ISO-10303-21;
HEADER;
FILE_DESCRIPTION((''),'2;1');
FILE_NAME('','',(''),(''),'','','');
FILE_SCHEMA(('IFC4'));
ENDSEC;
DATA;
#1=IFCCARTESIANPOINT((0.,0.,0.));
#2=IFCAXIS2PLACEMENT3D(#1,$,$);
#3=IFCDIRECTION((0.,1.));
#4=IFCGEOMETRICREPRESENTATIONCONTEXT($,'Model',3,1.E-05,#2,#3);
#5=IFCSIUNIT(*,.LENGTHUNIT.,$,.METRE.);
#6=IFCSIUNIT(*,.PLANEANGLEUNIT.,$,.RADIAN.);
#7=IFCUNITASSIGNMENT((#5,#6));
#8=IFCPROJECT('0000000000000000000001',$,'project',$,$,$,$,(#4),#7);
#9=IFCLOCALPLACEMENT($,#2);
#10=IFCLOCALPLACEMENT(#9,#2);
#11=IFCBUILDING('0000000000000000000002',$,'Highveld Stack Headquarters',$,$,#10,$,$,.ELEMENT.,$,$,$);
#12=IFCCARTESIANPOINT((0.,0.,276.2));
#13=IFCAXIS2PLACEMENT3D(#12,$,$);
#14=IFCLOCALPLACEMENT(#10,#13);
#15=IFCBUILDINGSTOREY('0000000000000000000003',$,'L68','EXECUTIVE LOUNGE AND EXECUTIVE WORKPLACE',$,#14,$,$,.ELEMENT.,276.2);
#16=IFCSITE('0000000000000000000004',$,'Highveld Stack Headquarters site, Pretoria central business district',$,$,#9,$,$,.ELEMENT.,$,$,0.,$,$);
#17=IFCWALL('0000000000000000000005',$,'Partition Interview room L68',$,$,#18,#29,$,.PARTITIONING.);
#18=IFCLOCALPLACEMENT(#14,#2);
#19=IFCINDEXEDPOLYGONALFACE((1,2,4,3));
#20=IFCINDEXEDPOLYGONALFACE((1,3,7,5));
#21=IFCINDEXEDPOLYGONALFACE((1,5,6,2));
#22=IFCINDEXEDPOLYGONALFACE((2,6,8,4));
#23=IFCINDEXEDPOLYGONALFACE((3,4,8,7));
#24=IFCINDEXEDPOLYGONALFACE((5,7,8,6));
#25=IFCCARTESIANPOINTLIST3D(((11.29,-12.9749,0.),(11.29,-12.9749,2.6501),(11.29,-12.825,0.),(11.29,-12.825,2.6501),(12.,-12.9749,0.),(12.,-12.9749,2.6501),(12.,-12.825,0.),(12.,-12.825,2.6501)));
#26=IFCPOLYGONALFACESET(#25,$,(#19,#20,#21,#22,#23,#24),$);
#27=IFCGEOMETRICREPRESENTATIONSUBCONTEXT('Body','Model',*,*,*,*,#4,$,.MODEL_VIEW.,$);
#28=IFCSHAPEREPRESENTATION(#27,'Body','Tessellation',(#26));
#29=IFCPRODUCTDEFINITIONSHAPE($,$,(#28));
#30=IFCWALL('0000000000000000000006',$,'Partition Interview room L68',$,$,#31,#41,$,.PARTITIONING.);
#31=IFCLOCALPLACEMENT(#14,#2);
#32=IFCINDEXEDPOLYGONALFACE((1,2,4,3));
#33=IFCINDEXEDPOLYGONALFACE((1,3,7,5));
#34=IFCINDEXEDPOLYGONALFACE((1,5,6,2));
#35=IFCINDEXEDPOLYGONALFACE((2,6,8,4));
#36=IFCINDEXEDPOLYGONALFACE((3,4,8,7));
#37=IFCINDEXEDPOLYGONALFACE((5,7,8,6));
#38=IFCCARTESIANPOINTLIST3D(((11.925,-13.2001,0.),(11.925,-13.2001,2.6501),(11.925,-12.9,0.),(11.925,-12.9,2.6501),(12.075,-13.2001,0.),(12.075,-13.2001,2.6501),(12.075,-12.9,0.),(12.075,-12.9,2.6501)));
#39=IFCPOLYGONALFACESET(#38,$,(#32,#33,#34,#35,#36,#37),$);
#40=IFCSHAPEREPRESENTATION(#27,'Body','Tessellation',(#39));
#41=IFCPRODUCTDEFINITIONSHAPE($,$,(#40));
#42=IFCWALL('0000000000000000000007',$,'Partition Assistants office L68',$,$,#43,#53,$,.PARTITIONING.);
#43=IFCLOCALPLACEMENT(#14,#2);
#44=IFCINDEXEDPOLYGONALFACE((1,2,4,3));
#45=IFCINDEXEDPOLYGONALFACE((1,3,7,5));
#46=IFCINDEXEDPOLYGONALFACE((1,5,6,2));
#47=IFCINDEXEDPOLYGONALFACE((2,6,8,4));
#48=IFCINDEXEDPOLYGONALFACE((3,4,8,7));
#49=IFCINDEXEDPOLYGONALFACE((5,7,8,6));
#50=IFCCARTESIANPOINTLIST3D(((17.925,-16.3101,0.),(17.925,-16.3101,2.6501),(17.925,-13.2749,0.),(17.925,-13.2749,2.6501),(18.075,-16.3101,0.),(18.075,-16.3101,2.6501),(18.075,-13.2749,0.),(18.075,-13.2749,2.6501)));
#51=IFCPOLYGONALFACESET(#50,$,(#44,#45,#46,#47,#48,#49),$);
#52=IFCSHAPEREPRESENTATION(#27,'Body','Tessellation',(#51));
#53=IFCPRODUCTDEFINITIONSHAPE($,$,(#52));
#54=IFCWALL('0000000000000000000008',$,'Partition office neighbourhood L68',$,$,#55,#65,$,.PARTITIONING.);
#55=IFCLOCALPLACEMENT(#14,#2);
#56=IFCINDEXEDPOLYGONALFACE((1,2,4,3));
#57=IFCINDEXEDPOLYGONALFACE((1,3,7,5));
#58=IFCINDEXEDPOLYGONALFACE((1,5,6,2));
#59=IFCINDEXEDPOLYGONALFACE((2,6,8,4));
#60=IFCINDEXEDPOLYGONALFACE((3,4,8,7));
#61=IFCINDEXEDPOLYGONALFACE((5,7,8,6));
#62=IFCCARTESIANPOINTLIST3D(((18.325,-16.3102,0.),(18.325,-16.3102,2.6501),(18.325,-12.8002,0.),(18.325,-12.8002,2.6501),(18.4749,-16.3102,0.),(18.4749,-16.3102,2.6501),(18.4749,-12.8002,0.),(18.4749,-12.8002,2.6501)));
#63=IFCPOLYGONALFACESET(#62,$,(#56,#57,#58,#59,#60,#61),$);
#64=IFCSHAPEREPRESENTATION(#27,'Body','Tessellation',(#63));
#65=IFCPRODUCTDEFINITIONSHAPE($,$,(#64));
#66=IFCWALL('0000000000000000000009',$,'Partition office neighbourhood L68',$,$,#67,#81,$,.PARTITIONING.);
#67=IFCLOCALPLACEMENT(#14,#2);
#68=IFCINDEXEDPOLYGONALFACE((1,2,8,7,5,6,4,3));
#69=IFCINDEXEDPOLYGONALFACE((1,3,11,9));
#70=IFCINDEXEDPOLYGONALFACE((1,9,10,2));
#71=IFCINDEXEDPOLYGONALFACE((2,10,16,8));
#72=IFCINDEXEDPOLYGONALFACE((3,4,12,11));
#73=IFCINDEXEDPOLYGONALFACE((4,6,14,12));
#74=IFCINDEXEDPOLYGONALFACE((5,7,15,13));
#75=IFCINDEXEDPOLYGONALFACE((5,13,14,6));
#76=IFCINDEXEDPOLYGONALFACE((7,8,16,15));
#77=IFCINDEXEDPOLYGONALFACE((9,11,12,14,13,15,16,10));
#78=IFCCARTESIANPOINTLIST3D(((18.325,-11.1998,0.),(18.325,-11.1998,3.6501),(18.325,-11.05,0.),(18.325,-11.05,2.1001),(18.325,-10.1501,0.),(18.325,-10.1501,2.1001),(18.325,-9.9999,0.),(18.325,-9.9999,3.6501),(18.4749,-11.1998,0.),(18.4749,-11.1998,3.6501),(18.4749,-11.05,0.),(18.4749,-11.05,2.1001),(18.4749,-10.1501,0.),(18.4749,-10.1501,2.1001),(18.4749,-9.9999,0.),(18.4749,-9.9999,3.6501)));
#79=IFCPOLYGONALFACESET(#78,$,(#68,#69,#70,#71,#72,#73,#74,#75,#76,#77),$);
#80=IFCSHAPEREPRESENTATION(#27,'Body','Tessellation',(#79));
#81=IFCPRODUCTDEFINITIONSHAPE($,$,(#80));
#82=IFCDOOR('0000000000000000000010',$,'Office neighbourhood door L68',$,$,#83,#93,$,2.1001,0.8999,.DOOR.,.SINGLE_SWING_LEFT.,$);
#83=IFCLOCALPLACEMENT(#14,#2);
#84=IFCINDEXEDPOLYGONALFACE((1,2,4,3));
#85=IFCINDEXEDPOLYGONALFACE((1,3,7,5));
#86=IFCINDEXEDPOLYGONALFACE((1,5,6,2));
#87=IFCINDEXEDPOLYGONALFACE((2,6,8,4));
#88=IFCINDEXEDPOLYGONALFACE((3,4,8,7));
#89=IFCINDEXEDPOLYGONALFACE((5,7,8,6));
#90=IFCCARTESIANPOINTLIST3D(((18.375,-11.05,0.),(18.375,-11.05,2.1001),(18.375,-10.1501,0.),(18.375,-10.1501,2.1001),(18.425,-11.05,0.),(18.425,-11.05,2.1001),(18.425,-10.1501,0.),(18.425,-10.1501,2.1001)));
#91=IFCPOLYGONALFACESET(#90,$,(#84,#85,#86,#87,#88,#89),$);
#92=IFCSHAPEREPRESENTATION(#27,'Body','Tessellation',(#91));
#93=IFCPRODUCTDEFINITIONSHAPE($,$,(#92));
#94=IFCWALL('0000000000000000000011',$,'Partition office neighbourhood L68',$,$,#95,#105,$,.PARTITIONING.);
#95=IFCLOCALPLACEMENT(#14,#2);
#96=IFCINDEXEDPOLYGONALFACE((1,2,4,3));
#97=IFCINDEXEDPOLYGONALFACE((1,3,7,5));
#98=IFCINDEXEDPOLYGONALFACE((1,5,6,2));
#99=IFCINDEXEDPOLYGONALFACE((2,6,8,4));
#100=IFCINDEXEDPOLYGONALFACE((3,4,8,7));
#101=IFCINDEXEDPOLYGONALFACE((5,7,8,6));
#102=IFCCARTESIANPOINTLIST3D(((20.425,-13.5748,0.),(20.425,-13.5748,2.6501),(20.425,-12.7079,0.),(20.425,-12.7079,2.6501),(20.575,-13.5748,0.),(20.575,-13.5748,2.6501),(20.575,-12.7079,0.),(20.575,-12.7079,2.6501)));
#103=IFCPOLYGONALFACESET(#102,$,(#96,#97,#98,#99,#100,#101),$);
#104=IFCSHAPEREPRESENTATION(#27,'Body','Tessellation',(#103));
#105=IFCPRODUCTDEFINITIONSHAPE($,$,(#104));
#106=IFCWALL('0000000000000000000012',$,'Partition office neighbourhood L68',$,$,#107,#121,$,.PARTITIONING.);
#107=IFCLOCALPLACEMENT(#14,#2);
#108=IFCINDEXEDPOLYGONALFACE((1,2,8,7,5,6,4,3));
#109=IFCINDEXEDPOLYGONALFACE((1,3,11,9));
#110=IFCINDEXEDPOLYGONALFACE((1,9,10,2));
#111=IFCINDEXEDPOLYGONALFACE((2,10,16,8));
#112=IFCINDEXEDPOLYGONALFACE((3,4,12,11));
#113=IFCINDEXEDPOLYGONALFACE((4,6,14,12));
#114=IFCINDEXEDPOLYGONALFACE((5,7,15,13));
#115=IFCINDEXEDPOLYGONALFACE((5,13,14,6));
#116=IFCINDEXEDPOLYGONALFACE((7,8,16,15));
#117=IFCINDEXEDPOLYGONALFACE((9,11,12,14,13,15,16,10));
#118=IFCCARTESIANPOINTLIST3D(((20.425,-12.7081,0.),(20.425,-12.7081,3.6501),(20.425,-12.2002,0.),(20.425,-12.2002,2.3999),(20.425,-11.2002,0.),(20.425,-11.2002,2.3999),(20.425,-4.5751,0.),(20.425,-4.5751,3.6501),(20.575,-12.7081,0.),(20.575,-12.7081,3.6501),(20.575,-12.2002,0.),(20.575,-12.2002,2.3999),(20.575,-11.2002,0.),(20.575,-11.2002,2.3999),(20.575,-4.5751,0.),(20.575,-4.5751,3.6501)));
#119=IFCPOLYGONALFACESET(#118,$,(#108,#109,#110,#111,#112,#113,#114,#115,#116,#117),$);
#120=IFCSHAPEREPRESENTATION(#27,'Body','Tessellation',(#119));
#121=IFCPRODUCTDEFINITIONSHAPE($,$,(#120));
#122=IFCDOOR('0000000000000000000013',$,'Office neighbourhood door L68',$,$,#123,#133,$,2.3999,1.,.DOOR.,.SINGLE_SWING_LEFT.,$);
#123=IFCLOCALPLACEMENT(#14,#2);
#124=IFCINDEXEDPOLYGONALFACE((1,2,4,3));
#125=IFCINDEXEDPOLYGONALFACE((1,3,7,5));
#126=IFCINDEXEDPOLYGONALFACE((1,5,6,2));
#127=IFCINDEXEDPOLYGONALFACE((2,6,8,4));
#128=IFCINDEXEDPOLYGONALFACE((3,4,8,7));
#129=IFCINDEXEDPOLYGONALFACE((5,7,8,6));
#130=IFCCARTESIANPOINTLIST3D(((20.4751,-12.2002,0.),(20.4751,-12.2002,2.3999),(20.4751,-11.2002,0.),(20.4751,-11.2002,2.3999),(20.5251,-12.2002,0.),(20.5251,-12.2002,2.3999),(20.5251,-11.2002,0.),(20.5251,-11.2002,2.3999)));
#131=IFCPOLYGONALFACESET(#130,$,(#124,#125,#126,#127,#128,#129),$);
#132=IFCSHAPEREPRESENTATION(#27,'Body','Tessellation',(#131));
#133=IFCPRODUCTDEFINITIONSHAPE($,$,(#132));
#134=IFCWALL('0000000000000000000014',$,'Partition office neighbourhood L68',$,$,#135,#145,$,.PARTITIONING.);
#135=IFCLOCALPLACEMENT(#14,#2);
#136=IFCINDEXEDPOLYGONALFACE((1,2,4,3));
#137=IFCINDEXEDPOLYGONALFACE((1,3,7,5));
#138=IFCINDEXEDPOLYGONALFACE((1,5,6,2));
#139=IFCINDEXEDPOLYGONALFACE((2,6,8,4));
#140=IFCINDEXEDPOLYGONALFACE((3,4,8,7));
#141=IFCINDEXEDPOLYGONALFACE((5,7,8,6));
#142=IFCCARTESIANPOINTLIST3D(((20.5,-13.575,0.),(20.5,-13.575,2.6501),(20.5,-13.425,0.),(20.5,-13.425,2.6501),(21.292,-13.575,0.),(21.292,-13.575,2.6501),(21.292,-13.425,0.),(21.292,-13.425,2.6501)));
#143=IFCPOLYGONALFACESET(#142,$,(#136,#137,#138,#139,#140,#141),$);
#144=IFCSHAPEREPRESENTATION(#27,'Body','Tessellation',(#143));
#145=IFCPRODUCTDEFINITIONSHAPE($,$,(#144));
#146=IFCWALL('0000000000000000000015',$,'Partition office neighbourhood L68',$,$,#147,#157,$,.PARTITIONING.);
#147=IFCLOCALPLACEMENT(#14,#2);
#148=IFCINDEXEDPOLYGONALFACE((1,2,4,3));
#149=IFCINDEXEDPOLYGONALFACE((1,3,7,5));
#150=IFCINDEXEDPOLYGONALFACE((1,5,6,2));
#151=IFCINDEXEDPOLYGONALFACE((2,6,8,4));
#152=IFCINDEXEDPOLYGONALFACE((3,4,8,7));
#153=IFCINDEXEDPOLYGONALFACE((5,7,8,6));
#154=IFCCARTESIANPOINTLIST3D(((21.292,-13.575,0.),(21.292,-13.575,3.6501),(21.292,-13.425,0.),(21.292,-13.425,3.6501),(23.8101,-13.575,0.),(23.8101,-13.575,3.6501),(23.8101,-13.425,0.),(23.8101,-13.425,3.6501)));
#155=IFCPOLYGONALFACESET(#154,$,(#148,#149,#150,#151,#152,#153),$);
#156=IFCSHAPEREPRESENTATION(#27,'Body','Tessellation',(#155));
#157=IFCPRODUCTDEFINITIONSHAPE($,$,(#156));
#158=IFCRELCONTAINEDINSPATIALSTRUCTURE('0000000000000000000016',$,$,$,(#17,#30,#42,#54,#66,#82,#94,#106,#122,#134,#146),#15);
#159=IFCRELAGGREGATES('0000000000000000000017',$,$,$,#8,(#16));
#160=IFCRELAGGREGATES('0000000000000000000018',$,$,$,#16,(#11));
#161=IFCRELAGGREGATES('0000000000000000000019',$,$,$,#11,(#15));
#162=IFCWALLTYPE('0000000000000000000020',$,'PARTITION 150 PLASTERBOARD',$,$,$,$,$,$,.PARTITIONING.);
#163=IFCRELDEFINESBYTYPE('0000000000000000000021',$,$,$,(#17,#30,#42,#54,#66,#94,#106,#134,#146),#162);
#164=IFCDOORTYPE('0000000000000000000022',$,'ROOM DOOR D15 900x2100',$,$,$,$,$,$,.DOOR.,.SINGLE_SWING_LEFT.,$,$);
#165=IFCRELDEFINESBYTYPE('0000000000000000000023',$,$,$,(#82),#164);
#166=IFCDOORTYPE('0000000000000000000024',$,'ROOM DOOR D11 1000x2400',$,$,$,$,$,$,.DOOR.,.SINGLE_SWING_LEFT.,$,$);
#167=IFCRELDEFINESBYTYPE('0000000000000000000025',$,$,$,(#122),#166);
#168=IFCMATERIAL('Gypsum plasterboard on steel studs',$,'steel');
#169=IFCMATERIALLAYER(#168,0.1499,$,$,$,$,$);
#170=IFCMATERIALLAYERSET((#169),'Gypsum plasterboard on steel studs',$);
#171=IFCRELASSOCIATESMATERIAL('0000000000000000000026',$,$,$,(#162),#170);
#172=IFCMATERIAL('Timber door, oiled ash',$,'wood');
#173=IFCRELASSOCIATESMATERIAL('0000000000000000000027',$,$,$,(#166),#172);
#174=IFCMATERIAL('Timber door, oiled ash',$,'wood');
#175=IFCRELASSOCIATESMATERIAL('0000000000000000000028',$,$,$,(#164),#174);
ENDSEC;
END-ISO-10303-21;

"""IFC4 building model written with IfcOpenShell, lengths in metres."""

from ifc_helpers import new_model, si_unit, direction, frame, frame_2d, origin, place, context, subcontext, project, spatial, rectangle, extrude, material, layer, layer_set, type_object, element, fill, save


model = new_model("IFC4")

# Units and contexts
model_context = context("Model", 3, precision=1e-05, world=origin(), true_north=direction((0.0, 1.0)))
body_context = subcontext(model_context, "Body", "Model", "MODEL_VIEW")
ifc_project = project(units=[si_unit("LENGTHUNIT", "METRE"), si_unit("PLANEANGLEUNIT", "RADIAN")], contexts=[model_context])

# Site, building, storey
site_placement = place(None, origin())
site = spatial("IfcSite", under=ifc_project, at=site_placement, Name="Highveld Stack Headquarters site, Pretoria central business district", CompositionType="ELEMENT", RefElevation=0.0)
building_placement = place(site_placement, origin())
building = spatial("IfcBuilding", under=site, at=building_placement, Name="Highveld Stack Headquarters", CompositionType="ELEMENT")
storey_placement = place(building_placement, frame((0.0, 0.0, 276.2)))
storey = spatial("IfcBuildingStorey", under=building, at=storey_placement, Name="L68", Description="EXECUTIVE LOUNGE AND EXECUTIVE WORKPLACE", CompositionType="ELEMENT", Elevation=276.2)

# Shared definitions
ifc_material_1 = material(Name="Gypsum plasterboard on steel studs", Category="steel")
ifc_layer_1 = layer(ifc_material_1, 0.1499)
ifc_layer_set_1 = layer_set([ifc_layer_1], Name="Gypsum plasterboard on steel studs")
wall_type_1 = type_object("IfcWallType", Name="PARTITION 150 PLASTERBOARD", PredefinedType="PARTITIONING", material=ifc_layer_set_1)

# Shared definitions
ifc_material_2 = material(Name="Timber door, oiled ash", Category="wood")
door_type_1 = type_object("IfcDoorType", Name="ROOM DOOR D11 1000x2400", OperationType="SINGLE_SWING_LEFT", PredefinedType="DOOR", material=ifc_material_2)

# Walls
wall_1_placement = place(storey_placement, frame((11.29, -12.8999, 0.0), z_axis=(0.0, 0.0, 1.0), x_axis=(1.0, 0.0, 0.0)))
element("IfcWall", 1, at=wall_1_placement, inside=storey, type_object=wall_type_1, Name="Partition Interview room L68", PredefinedType="PARTITIONING", context=body_context, shape_type="SweptSolid", body=[
    extrude(rectangle(XDim=0.71, YDim=0.1499, at=frame_2d((0.355, 0.0))), origin(), (0.0, 0.0, 1.0), 2.6501),
])
wall_2_placement = place(storey_placement, frame((12.0, -13.2, 0.0), z_axis=(0.0, 0.0, 1.0), x_axis=(0.0, 1.0, 0.0)))
element("IfcWall", 2, at=wall_2_placement, inside=storey, type_object=wall_type_1, Name="Partition Interview room L68", PredefinedType="PARTITIONING", context=body_context, shape_type="SweptSolid", body=[
    extrude(rectangle(XDim=0.3, YDim=0.1499, at=frame_2d((0.1499, 0.0))), origin(), (0.0, 0.0, 1.0), 2.6501),
])
wall_3_placement = place(storey_placement, frame((18.0, -16.3101, 0.0), z_axis=(0.0, 0.0, 1.0), x_axis=(0.0, 1.0, 0.0)))
element("IfcWall", 3, at=wall_3_placement, inside=storey, type_object=wall_type_1, Name="Partition Assistants office L68", PredefinedType="PARTITIONING", context=body_context, shape_type="SweptSolid", body=[
    extrude(rectangle(XDim=3.0352, YDim=0.1499, at=frame_2d((1.5176, 0.0))), origin(), (0.0, 0.0, 1.0), 2.6501),
])
wall_4_placement = place(storey_placement, frame((18.3999, -16.3101, 0.0), z_axis=(0.0, 0.0, 1.0), x_axis=(0.0, 1.0, 0.0)))
element("IfcWall", 4, at=wall_4_placement, inside=storey, type_object=wall_type_1, Name="Partition office neighbourhood L68", PredefinedType="PARTITIONING", context=body_context, shape_type="SweptSolid", body=[
    extrude(rectangle(XDim=3.51, YDim=0.1499, at=frame_2d((1.7549, 0.0))), origin(), (0.0, 0.0, 1.0), 2.6501),
])

# Wall, opening, door
wall_5_placement = place(storey_placement, frame((18.3999, -11.2, 0.0), z_axis=(0.0, 0.0, 1.0), x_axis=(0.0, 1.0, 0.0)))
wall_5 = element("IfcWall", 5, at=wall_5_placement, inside=storey, type_object=wall_type_1, Name="Partition office neighbourhood L68", PredefinedType="PARTITIONING", context=body_context, shape_type="SweptSolid", body=[
    extrude(rectangle(XDim=1.2, YDim=0.1499, at=frame_2d((0.6001, 0.0))), origin(), (0.0, 0.0, 1.0), 3.6501),
])
opening_1_placement = place(wall_5_placement, frame((0.1499, 0.0, 0.0)))
opening_1 = element("IfcOpeningElement", 6, at=opening_1_placement, cuts=wall_5, PredefinedType="OPENING", context=body_context, shape_type="SweptSolid", body=[
    extrude(rectangle(XDim=0.8999, YDim=2.1001, at=frame_2d((0.45, 1.05))), frame((0.0, 0.085, 0.0), z_axis=(0.0, -1.0, 0.0), x_axis=(1.0, 0.0, 0.0)), (0.0, 0.0, 1.0), 0.1699),
])
ifc_material_3 = material(Name="Timber door, oiled ash", Category="wood")
door_type_2 = type_object("IfcDoorType", Name="ROOM DOOR D15 900x2100", OperationType="SINGLE_SWING_LEFT", PredefinedType="DOOR", material=ifc_material_3)
door_1_placement = place(opening_1_placement, origin())
door_1 = element("IfcDoor", 7, at=door_1_placement, inside=storey, type_object=door_type_2, Name="Office neighbourhood door L68", OperationType="SINGLE_SWING_LEFT", OverallHeight=2.1001, OverallWidth=0.8999, PredefinedType="DOOR", context=body_context, shape_type="SweptSolid", body=[
    extrude(rectangle(XDim=0.8999, YDim=2.1001, at=frame_2d((0.45, 1.05))), frame((0.0, 0.0249, 0.0), z_axis=(0.0, -1.0, 0.0), x_axis=(1.0, 0.0, 0.0)), (0.0, 0.0, 1.0), 0.05),
])
fill(opening_1, door_1)

# Wall
wall_6_placement = place(storey_placement, frame((20.5, -13.575, 0.0), z_axis=(0.0, 0.0, 1.0), x_axis=(0.0, 1.0, 0.0)))
element("IfcWall", 8, at=wall_6_placement, inside=storey, type_object=wall_type_1, Name="Partition office neighbourhood L68", PredefinedType="PARTITIONING", context=body_context, shape_type="SweptSolid", body=[
    extrude(rectangle(XDim=0.8669, YDim=0.1499, at=frame_2d((0.4336, 0.0))), origin(), (0.0, 0.0, 1.0), 2.6501),
])

# Wall, opening, door
wall_7_placement = place(storey_placement, frame((20.5, -12.708, 0.0), z_axis=(0.0, 0.0, 1.0), x_axis=(0.0, 1.0, 0.0)))
wall_7 = element("IfcWall", 9, at=wall_7_placement, inside=storey, type_object=wall_type_1, Name="Partition office neighbourhood L68", PredefinedType="PARTITIONING", context=body_context, shape_type="SweptSolid", body=[
    extrude(rectangle(XDim=8.1331, YDim=0.1499, at=frame_2d((4.0664, 0.0))), origin(), (0.0, 0.0, 1.0), 3.6501),
])
opening_2_placement = place(wall_7_placement, frame((0.5078, 0.0, 0.0)))
opening_2 = element("IfcOpeningElement", 10, at=opening_2_placement, cuts=wall_7, PredefinedType="OPENING", context=body_context, shape_type="SweptSolid", body=[
    extrude(rectangle(XDim=1.0, YDim=2.3999, at=frame_2d((0.5, 1.2))), frame((0.0, 0.085, 0.0), z_axis=(0.0, -1.0, 0.0), x_axis=(1.0, 0.0, 0.0)), (0.0, 0.0, 1.0), 0.1699),
])
door_2_placement = place(opening_2_placement, origin())
door_2 = element("IfcDoor", 11, at=door_2_placement, inside=storey, type_object=door_type_1, Name="Office neighbourhood door L68", OperationType="SINGLE_SWING_LEFT", OverallHeight=2.3999, OverallWidth=1.0, PredefinedType="DOOR", context=body_context, shape_type="SweptSolid", body=[
    extrude(rectangle(XDim=1.0, YDim=2.3999, at=frame_2d((0.5, 1.2))), frame((0.0, 0.0249, 0.0), z_axis=(0.0, -1.0, 0.0), x_axis=(1.0, 0.0, 0.0)), (0.0, 0.0, 1.0), 0.05),
])
fill(opening_2, door_2)

# Walls
wall_8_placement = place(storey_placement, frame((20.5, -13.5, 0.0), z_axis=(0.0, 0.0, 1.0), x_axis=(1.0, 0.0, 0.0)))
element("IfcWall", 12, at=wall_8_placement, inside=storey, type_object=wall_type_1, Name="Partition office neighbourhood L68", PredefinedType="PARTITIONING", context=body_context, shape_type="SweptSolid", body=[
    extrude(rectangle(XDim=0.792, YDim=0.1499, at=frame_2d((0.396, 0.0))), origin(), (0.0, 0.0, 1.0), 2.6501),
])
wall_9_placement = place(storey_placement, frame((21.292, -13.5, 0.0), z_axis=(0.0, 0.0, 1.0), x_axis=(1.0, 0.0, 0.0)))
element("IfcWall", 13, at=wall_9_placement, inside=storey, type_object=wall_type_1, Name="Partition office neighbourhood L68", PredefinedType="PARTITIONING", context=body_context, shape_type="SweptSolid", body=[
    extrude(rectangle(XDim=2.5181, YDim=0.1499, at=frame_2d((1.259, 0.0))), origin(), (0.0, 0.0, 1.0), 3.6501),
])

save(model, "model.ifc")
